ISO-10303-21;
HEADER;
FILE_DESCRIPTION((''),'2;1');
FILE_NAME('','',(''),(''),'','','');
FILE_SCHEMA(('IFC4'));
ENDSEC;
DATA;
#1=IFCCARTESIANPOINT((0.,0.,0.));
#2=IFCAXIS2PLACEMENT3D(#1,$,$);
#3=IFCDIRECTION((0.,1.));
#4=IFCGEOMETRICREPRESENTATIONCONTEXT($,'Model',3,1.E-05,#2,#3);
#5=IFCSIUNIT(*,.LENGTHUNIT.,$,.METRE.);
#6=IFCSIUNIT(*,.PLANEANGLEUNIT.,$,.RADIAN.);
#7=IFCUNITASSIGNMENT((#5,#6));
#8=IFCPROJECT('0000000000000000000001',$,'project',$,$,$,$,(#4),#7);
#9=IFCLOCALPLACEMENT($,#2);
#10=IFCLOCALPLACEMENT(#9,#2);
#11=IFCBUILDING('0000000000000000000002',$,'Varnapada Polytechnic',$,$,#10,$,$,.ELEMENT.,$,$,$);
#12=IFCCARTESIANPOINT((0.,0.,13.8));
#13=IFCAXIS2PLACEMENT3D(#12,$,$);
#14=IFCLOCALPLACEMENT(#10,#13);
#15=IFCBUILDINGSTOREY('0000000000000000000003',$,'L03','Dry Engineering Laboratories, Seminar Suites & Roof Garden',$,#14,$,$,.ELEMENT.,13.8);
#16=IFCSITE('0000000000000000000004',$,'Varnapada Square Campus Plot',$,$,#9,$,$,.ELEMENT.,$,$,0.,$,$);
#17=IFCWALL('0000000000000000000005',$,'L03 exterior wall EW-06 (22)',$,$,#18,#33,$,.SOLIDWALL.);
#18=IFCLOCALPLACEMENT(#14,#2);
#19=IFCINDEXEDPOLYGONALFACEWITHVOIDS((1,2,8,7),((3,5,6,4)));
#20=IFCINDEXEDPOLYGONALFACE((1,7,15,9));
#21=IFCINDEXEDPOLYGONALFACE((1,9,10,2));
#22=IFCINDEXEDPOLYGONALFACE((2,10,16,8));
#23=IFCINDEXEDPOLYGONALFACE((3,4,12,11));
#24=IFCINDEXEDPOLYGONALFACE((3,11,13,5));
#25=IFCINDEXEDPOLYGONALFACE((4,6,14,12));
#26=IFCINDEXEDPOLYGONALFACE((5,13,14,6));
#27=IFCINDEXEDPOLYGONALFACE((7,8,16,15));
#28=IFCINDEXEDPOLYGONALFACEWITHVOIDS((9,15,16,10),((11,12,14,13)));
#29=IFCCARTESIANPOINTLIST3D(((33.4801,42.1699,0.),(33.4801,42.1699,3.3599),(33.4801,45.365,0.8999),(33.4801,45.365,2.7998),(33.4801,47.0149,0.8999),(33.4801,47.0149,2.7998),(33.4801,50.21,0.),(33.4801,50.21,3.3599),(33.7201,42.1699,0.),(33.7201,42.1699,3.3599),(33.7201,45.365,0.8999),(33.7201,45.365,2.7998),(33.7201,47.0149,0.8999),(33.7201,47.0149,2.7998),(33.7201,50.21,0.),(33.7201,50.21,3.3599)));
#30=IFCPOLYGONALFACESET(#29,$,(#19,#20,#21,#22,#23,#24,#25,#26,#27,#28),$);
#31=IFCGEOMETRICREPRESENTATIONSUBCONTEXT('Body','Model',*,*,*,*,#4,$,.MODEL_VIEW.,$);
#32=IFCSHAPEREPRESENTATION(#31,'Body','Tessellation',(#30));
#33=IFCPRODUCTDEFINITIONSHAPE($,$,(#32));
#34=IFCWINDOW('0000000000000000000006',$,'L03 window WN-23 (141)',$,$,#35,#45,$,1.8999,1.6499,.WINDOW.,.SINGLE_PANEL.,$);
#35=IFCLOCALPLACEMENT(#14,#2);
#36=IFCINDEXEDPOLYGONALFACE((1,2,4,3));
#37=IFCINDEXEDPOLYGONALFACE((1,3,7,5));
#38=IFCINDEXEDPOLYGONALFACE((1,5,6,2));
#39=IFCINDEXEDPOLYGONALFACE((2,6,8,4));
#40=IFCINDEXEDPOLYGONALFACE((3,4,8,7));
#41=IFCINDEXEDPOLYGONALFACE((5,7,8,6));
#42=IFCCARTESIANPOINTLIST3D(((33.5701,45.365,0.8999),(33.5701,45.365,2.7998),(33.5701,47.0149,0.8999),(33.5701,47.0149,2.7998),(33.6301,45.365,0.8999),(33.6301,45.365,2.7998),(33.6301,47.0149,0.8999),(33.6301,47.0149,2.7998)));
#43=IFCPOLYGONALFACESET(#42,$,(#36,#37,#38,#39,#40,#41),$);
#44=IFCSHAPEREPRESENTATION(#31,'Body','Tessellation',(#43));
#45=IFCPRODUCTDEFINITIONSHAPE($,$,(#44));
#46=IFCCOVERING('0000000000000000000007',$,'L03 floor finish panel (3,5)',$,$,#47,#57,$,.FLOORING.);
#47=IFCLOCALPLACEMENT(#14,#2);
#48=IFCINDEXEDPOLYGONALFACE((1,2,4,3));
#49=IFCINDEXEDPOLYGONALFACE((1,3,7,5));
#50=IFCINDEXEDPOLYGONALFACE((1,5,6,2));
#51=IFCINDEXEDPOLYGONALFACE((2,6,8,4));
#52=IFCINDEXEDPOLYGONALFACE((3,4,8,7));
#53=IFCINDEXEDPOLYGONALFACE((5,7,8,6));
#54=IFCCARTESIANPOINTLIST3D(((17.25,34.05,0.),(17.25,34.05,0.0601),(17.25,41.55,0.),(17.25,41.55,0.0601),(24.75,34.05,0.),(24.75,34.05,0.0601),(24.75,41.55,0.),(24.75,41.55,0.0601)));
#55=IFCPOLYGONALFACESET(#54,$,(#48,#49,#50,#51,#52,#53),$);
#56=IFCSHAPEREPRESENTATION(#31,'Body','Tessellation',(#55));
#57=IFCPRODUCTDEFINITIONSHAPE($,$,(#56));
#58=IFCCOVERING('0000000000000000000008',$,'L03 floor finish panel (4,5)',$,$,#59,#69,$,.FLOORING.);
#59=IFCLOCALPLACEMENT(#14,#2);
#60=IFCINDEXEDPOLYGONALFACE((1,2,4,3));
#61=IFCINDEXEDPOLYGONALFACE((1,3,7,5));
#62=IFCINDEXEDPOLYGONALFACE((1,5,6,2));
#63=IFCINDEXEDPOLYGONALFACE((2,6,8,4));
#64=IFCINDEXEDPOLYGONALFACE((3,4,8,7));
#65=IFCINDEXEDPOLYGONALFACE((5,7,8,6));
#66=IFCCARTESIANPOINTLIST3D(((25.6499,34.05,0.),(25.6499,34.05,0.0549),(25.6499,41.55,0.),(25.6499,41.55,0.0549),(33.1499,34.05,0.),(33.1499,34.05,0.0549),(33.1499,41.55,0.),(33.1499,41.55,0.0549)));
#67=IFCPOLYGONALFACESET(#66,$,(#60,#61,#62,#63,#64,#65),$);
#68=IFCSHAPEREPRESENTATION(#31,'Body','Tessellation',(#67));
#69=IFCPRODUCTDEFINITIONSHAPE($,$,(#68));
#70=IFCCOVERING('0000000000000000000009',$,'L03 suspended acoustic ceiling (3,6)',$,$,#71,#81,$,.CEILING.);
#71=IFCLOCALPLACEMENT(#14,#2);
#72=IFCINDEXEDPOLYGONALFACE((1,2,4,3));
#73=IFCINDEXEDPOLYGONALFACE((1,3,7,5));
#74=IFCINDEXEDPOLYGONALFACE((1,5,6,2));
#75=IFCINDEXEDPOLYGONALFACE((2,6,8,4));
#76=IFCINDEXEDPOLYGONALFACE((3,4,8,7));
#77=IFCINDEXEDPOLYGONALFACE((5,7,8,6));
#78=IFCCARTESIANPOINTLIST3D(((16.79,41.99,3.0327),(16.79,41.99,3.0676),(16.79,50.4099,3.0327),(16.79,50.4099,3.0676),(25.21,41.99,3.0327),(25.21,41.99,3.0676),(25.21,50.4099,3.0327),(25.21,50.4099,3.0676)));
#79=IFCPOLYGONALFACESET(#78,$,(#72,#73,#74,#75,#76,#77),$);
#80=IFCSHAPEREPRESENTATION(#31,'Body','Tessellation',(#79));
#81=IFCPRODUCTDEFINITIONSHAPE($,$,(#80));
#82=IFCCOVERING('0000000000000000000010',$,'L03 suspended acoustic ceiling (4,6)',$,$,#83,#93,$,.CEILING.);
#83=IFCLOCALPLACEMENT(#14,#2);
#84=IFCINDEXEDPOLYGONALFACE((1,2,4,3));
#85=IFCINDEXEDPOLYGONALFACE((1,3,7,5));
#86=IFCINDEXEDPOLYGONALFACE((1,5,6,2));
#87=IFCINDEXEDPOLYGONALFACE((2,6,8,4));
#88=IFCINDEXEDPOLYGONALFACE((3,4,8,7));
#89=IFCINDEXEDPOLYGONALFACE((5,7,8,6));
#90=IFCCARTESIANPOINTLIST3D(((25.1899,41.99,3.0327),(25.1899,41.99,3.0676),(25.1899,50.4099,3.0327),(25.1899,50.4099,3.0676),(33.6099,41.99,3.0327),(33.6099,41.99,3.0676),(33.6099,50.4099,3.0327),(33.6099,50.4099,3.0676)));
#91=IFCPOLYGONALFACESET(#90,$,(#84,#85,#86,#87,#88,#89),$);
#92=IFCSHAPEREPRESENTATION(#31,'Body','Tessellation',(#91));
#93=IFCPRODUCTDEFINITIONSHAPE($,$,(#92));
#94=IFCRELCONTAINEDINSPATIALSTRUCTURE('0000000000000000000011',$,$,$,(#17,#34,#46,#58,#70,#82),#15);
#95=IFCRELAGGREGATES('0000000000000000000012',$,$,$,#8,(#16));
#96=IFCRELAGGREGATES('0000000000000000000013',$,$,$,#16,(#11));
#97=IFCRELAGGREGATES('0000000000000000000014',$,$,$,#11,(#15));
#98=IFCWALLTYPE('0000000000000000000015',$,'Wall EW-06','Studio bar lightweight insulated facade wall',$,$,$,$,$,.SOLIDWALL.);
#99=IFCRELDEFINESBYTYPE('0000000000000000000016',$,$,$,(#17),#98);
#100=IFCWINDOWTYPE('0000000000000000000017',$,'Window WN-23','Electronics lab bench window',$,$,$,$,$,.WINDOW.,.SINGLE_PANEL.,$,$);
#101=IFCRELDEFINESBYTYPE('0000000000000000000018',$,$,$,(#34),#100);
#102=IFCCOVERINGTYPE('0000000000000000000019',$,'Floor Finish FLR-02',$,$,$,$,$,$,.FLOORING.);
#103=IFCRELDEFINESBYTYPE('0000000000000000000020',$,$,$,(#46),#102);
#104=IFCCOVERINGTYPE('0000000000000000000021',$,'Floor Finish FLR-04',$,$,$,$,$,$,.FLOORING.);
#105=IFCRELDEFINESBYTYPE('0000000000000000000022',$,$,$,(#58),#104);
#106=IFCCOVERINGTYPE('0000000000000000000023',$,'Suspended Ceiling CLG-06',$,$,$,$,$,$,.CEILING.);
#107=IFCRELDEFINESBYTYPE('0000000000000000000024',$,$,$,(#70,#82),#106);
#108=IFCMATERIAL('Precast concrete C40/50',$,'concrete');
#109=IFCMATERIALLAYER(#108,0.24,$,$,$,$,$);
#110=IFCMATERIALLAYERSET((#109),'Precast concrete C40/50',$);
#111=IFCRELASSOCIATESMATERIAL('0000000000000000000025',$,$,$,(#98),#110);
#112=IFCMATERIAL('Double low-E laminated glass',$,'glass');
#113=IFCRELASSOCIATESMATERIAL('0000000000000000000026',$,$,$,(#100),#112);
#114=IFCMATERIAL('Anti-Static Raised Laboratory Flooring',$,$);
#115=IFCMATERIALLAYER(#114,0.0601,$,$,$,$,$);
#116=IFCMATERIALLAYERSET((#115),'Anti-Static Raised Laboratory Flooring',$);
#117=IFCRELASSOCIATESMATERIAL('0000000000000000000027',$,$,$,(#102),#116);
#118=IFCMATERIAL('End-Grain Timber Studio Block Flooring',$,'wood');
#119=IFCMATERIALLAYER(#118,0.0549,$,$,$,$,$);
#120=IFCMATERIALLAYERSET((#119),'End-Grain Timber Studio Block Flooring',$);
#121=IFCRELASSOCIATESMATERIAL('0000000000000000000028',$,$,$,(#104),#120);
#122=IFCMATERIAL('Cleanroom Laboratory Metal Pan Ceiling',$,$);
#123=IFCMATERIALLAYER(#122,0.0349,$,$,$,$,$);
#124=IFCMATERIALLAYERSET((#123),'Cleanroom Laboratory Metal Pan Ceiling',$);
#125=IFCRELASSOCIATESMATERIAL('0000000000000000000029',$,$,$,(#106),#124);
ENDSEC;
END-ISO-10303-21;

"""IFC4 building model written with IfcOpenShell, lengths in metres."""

from ifc_helpers import new_model, si_unit, direction, frame, frame_2d, origin, origin_2d, place, context, subcontext, project, spatial, rectangle, extrude, material, layer, layer_set, type_object, element, fill, save


model = new_model("IFC4")

# Units and contexts
model_context = context("Model", 3, precision=1e-05, world=origin(), true_north=direction((0.0, 1.0)))
body_context = subcontext(model_context, "Body", "Model", "MODEL_VIEW")
ifc_project = project(units=[si_unit("LENGTHUNIT", "METRE"), si_unit("PLANEANGLEUNIT", "RADIAN")], contexts=[model_context])

# Site, building, storey
site_placement = place(None, origin())
site = spatial("IfcSite", under=ifc_project, at=site_placement, Name="Varnapada Square Campus Plot", CompositionType="ELEMENT", RefElevation=0.0)
building_placement = place(site_placement, origin())
building = spatial("IfcBuilding", under=site, at=building_placement, Name="Varnapada Polytechnic", CompositionType="ELEMENT")
storey_placement = place(building_placement, frame((0.0, 0.0, 13.8)))
storey = spatial("IfcBuildingStorey", under=building, at=storey_placement, Name="L03", Description="Dry Engineering Laboratories, Seminar Suites & Roof Garden", CompositionType="ELEMENT", Elevation=13.8)

# Shared definitions
ifc_material_1 = material(Name="Double low-E laminated glass", Category="glass")

# Wall, opening, window
ifc_material_2 = material(Name="Precast concrete C40/50", Category="concrete")
ifc_layer_1 = layer(ifc_material_2, 0.24)
ifc_layer_set_1 = layer_set([ifc_layer_1], Name="Precast concrete C40/50")
wall_type_1 = type_object("IfcWallType", Name="Wall EW-06", Description="Studio bar lightweight insulated facade wall", PredefinedType="SOLIDWALL", material=ifc_layer_set_1)
wall_1_placement = place(storey_placement, frame((33.6001, 50.21, 0.0), z_axis=(0.0, 0.0, 1.0), x_axis=(0.0, -1.0, 0.0)))
wall_1 = element("IfcWall", 1, at=wall_1_placement, inside=storey, type_object=wall_type_1, Name="L03 exterior wall EW-06 (22)", PredefinedType="SOLIDWALL", context=body_context, shape_type="SweptSolid", body=[
    extrude(rectangle(XDim=8.04, YDim=0.24, at=frame_2d((4.02, 0.0))), origin(), (0.0, 0.0, 1.0), 3.3599),
])
opening_1_placement = place(wall_1_placement, frame((3.1951, 0.0, 0.8999)))
opening_1 = element("IfcOpeningElement", 2, at=opening_1_placement, cuts=wall_1, PredefinedType="OPENING", context=body_context, shape_type="SweptSolid", body=[
    extrude(rectangle(XDim=1.6499, YDim=1.8999, at=frame_2d((0.825, 0.95))), frame((0.0, 0.1299, 0.0), z_axis=(0.0, -1.0, 0.0), x_axis=(1.0, 0.0, 0.0)), (0.0, 0.0, 1.0), 0.26),
])
window_type = type_object("IfcWindowType", Name="Window WN-23", Description="Electronics lab bench window", PartitioningType="SINGLE_PANEL", PredefinedType="WINDOW", material=ifc_material_1)
window_placement = place(opening_1_placement, origin())
window = element("IfcWindow", 3, at=window_placement, inside=storey, type_object=window_type, Name="L03 window WN-23 (141)", OverallHeight=1.8999, OverallWidth=1.6499, PartitioningType="SINGLE_PANEL", PredefinedType="WINDOW", context=body_context, shape_type="SweptSolid", body=[
    extrude(rectangle(XDim=1.6499, YDim=1.8999, at=frame_2d((0.825, 0.95))), frame((0.0, 0.03, 0.0), z_axis=(0.0, -1.0, 0.0), x_axis=(1.0, 0.0, 0.0)), (0.0, 0.0, 1.0), 0.0601),
])
fill(opening_1, window)

# Coverings
ifc_material_3 = material(Name="Anti-Static Raised Laboratory Flooring")
ifc_layer_2 = layer(ifc_material_3, 0.0601)
ifc_layer_set_2 = layer_set([ifc_layer_2], Name="Anti-Static Raised Laboratory Flooring")
covering_type_1 = type_object("IfcCoveringType", Name="Floor Finish FLR-02", PredefinedType="FLOORING", material=ifc_layer_set_2)
covering_1_placement = place(storey_placement, frame((21.0, 37.8, 0.0), z_axis=(0.0, 0.0, 1.0), x_axis=(1.0, 0.0, 0.0)))
element("IfcCovering", 4, at=covering_1_placement, inside=storey, type_object=covering_type_1, Name="L03 floor finish panel (3,5)", PredefinedType="FLOORING", context=body_context, shape_type="SweptSolid", body=[
    extrude(rectangle(XDim=7.5, YDim=7.5, at=origin_2d()), origin(), (0.0, 0.0, 1.0), 0.0601),
])
ifc_material_4 = material(Name="End-Grain Timber Studio Block Flooring", Category="wood")
ifc_layer_3 = layer(ifc_material_4, 0.0549)
ifc_layer_set_3 = layer_set([ifc_layer_3], Name="End-Grain Timber Studio Block Flooring")
covering_type_2 = type_object("IfcCoveringType", Name="Floor Finish FLR-04", PredefinedType="FLOORING", material=ifc_layer_set_3)
covering_2_placement = place(storey_placement, frame((29.3999, 37.8, 0.0), z_axis=(0.0, 0.0, 1.0), x_axis=(1.0, 0.0, 0.0)))
element("IfcCovering", 5, at=covering_2_placement, inside=storey, type_object=covering_type_2, Name="L03 floor finish panel (4,5)", PredefinedType="FLOORING", context=body_context, shape_type="SweptSolid", body=[
    extrude(rectangle(XDim=7.5, YDim=7.5, at=origin_2d()), origin(), (0.0, 0.0, 1.0), 0.0549),
])
ifc_material_5 = material(Name="Cleanroom Laboratory Metal Pan Ceiling")
ifc_layer_4 = layer(ifc_material_5, 0.0349)
ifc_layer_set_4 = layer_set([ifc_layer_4], Name="Cleanroom Laboratory Metal Pan Ceiling")
covering_type_3 = type_object("IfcCoveringType", Name="Suspended Ceiling CLG-06", PredefinedType="CEILING", material=ifc_layer_set_4)
for number, where, z_axis, x_axis, name in (
    (6, (21.0, 46.2, 3.0327), (0.0, 0.0, 1.0), (1.0, 0.0, 0.0), "L03 suspended acoustic ceiling (3,6)"),
    (7, (29.3999, 46.2, 3.0327), (0.0, 0.0, 1.0), (1.0, 0.0, 0.0), "L03 suspended acoustic ceiling (4,6)"),
):
    element("IfcCovering", number, at=place(storey_placement, frame(where, z_axis=z_axis, x_axis=x_axis)), inside=storey, type_object=covering_type_3, Name=name, PredefinedType="CEILING", context=body_context, shape_type="SweptSolid", body=[
        extrude(rectangle(XDim=8.4199, YDim=8.4199, at=origin_2d()), origin(), (0.0, 0.0, 1.0), 0.0349),
    ])

save(model, "model.ifc")
